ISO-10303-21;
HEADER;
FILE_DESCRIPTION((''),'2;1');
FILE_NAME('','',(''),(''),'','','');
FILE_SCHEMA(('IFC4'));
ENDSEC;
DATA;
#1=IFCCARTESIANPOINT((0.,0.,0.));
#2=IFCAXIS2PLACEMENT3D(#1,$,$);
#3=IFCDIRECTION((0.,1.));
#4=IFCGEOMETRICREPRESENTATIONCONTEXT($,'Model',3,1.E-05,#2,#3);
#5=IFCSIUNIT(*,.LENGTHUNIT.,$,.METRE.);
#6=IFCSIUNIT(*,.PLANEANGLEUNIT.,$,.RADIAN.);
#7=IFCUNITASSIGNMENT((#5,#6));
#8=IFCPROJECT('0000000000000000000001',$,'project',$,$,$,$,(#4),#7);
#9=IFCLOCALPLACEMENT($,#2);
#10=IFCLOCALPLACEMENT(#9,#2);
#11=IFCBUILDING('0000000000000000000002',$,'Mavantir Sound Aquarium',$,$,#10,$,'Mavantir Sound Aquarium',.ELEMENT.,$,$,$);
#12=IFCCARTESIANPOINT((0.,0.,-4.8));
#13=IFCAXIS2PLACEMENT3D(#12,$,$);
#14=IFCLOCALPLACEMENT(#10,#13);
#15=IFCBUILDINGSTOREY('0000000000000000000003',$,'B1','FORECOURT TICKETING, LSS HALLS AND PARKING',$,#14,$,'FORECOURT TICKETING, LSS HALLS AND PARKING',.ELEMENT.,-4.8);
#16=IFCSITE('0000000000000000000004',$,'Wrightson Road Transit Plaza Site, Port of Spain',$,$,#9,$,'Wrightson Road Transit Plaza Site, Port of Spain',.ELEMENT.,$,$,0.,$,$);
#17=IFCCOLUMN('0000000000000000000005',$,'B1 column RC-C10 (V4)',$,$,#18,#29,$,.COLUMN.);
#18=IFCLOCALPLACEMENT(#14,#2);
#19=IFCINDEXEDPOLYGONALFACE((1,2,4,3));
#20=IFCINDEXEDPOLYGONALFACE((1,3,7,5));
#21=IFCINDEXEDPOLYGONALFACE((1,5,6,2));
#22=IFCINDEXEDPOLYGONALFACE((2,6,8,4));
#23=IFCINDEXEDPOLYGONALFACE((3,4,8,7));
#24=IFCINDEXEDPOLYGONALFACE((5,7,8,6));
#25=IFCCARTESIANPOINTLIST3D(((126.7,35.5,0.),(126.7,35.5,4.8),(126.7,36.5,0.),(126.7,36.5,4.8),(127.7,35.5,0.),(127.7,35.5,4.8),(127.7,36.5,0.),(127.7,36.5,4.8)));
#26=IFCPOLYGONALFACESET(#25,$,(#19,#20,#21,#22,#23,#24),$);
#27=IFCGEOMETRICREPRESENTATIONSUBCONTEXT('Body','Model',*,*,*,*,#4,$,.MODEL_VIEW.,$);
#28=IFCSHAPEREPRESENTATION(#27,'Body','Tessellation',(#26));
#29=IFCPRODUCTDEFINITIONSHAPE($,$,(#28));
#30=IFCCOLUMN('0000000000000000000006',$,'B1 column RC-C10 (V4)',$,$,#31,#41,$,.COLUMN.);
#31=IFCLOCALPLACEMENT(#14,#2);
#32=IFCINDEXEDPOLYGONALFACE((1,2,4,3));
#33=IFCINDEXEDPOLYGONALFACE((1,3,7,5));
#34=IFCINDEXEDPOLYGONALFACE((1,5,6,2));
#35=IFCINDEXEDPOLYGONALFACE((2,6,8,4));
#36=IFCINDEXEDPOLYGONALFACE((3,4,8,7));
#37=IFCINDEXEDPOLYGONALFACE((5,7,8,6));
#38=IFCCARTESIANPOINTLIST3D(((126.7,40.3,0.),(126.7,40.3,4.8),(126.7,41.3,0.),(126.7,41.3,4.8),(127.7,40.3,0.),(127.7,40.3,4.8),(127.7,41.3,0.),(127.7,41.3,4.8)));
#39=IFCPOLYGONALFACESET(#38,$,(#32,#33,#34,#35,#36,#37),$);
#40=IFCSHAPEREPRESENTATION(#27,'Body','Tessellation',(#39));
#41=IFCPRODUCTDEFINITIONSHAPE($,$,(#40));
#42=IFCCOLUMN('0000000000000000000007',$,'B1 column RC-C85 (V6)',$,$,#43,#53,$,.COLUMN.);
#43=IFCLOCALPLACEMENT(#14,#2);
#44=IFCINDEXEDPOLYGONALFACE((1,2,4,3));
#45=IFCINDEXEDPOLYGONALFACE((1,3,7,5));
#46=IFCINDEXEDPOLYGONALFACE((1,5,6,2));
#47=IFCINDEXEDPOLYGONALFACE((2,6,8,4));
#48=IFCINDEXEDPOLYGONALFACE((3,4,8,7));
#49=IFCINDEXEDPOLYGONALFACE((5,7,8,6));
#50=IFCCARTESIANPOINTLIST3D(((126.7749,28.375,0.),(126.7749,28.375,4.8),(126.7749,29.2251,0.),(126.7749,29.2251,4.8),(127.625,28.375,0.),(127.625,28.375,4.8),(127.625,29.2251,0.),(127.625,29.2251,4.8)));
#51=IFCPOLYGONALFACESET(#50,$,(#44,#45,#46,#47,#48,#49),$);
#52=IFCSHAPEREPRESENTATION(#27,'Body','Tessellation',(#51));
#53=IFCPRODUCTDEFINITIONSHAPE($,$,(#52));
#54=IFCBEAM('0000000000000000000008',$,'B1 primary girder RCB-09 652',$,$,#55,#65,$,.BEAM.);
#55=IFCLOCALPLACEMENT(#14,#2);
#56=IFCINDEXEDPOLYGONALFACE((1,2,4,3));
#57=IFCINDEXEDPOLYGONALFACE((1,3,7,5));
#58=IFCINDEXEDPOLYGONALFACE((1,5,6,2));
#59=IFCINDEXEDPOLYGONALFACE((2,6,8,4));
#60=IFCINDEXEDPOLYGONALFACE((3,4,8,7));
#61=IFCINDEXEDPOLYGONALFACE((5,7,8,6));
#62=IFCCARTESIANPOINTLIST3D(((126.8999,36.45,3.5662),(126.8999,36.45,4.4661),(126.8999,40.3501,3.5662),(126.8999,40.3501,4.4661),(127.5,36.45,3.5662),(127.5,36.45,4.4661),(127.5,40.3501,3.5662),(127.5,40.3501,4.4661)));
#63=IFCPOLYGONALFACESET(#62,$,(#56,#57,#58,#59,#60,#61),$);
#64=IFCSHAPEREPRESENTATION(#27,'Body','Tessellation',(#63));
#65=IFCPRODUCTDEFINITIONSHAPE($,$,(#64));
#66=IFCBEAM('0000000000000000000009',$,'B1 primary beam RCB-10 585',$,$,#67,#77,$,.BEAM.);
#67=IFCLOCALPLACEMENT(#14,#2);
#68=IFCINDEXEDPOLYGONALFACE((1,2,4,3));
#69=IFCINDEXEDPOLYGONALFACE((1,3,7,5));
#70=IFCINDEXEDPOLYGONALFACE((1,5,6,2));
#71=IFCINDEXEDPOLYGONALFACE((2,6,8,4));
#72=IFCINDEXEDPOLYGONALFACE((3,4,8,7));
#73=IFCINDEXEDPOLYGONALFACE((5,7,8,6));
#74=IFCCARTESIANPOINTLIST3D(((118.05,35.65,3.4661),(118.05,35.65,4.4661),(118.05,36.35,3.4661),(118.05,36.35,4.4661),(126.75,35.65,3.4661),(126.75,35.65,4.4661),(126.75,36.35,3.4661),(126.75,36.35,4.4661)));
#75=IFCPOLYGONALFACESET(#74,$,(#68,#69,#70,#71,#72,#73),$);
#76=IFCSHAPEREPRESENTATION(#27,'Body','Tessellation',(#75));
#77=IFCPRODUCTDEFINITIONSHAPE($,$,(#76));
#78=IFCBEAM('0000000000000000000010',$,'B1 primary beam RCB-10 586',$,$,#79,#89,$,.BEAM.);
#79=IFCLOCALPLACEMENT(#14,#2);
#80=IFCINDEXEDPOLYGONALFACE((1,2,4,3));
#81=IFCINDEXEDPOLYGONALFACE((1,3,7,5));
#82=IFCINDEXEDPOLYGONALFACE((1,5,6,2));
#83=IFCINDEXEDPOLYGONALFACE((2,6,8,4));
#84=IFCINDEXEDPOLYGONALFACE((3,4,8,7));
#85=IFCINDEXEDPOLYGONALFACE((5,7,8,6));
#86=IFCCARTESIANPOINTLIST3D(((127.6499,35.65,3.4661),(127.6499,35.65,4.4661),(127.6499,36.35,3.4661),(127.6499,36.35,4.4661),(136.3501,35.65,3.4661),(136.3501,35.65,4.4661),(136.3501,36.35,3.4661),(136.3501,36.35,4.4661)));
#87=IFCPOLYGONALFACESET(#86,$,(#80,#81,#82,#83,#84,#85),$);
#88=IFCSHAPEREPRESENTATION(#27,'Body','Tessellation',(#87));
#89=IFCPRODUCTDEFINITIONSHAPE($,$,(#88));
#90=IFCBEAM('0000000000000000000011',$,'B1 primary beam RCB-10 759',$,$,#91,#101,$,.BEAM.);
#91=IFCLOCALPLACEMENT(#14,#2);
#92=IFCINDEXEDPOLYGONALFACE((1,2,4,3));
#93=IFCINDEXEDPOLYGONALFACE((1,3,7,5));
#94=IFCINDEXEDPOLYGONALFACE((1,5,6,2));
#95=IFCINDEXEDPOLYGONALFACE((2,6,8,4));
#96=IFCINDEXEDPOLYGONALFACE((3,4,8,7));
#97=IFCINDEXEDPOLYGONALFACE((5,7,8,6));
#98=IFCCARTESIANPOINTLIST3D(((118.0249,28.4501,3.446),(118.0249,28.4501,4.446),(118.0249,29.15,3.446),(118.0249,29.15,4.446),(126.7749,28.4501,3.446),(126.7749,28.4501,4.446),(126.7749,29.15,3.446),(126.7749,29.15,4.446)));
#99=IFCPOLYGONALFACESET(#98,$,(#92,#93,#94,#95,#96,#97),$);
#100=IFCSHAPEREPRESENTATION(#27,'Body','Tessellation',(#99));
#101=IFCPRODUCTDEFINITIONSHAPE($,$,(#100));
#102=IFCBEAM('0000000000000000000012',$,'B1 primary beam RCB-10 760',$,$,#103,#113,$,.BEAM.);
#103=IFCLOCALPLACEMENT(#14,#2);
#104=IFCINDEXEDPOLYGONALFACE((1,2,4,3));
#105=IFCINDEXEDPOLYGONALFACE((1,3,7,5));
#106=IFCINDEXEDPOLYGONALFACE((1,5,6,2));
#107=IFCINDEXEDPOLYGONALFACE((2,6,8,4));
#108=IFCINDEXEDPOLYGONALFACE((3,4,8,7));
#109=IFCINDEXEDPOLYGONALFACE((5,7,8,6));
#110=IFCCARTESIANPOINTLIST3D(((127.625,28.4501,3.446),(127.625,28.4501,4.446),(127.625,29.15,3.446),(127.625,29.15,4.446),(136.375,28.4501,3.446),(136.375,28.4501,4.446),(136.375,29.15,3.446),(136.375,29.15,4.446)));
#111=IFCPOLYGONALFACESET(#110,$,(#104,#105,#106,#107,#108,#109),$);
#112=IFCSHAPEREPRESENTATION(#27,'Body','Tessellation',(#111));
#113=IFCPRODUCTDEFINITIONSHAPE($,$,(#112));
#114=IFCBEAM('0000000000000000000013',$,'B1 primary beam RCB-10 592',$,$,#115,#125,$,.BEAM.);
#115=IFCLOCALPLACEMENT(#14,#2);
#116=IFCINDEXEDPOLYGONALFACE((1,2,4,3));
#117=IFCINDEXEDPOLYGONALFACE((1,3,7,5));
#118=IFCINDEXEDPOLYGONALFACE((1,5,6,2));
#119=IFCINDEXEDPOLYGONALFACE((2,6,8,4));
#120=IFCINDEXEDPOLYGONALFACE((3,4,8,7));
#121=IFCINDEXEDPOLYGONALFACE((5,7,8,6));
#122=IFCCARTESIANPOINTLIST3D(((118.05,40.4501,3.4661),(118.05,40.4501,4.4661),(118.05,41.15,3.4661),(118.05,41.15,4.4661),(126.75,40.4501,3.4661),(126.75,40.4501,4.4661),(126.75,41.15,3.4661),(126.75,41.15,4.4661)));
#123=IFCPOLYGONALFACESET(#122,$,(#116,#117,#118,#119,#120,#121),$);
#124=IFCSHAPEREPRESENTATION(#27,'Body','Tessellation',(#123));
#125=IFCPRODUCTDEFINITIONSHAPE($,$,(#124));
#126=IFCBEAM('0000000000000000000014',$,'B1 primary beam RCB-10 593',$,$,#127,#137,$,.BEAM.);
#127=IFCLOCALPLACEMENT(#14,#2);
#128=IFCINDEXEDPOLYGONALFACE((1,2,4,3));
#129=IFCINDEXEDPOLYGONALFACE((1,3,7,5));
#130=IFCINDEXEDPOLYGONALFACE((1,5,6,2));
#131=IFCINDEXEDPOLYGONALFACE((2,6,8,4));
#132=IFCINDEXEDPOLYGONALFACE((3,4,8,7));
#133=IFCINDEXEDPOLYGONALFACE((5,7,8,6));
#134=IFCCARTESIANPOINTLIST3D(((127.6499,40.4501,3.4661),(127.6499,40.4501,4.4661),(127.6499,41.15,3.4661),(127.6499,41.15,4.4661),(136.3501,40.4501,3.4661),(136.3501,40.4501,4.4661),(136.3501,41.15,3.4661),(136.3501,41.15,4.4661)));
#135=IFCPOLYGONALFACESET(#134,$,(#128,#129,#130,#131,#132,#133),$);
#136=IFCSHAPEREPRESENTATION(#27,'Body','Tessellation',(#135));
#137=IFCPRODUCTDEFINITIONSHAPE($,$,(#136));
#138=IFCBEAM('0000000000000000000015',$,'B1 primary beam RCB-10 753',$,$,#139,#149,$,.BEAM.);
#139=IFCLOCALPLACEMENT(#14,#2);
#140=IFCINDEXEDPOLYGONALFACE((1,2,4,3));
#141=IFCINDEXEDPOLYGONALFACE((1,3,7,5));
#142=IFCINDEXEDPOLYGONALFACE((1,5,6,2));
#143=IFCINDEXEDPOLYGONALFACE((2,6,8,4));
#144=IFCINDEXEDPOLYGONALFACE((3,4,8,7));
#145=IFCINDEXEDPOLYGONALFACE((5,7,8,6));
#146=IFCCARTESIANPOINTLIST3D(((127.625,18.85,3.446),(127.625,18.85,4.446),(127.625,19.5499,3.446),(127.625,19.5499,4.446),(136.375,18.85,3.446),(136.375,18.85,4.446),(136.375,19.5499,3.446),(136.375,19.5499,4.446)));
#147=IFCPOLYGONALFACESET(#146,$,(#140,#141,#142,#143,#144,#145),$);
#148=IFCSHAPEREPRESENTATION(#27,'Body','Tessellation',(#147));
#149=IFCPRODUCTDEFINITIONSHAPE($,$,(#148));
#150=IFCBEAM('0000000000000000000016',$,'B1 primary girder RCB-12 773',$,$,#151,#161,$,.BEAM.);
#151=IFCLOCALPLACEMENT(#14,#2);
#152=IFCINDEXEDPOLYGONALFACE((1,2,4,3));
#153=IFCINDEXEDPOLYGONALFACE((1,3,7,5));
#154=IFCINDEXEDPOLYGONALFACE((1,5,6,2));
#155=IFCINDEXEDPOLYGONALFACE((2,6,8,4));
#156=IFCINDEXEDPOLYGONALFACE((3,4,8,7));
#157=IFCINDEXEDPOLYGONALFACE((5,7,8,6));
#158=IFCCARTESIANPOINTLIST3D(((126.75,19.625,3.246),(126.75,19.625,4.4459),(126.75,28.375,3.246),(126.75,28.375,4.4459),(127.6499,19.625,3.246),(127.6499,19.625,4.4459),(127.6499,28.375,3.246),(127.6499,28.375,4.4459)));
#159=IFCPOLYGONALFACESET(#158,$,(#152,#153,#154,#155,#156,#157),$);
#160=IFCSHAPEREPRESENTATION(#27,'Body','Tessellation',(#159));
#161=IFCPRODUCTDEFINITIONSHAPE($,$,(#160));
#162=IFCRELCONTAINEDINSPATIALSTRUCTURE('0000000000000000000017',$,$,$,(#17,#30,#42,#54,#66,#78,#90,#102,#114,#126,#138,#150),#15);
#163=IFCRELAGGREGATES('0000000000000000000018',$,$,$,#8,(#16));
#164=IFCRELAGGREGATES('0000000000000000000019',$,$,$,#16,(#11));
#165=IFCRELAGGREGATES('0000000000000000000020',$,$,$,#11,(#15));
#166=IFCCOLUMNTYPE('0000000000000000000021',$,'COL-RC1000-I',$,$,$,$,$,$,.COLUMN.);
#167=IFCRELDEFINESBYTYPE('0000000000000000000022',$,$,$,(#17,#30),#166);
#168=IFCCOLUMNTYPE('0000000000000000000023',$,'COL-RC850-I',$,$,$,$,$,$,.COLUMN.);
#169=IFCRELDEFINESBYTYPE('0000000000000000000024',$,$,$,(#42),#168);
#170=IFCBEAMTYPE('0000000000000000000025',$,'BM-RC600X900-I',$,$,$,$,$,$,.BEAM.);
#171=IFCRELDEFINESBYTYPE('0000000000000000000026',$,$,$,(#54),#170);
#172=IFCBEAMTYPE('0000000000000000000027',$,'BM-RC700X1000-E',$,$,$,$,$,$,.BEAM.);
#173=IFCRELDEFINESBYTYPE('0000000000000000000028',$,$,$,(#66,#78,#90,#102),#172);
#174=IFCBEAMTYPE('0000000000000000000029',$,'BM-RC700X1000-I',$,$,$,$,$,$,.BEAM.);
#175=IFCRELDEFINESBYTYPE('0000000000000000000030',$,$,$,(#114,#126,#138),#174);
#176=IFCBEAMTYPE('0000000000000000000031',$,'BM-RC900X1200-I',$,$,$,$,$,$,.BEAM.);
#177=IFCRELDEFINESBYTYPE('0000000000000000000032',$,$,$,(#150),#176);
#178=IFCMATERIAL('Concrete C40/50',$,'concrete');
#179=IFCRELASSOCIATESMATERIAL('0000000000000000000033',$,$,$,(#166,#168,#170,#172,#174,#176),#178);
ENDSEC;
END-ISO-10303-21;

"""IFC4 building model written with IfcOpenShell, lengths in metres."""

from ifc_helpers import new_model, si_unit, direction, frame, origin, origin_2d, place, context, subcontext, project, spatial, rectangle, extrude, material, material_profile, profile_set, type_object, element, save


model = new_model("IFC4")

# Units and contexts
model_context = context("Model", 3, precision=1e-05, world=origin(), true_north=direction((0.0, 1.0)))
body_context = subcontext(model_context, "Body", "Model", "MODEL_VIEW")
ifc_project = project(units=[si_unit("LENGTHUNIT", "METRE"), si_unit("PLANEANGLEUNIT", "RADIAN")], contexts=[model_context])

# Site, building, storey
site_placement = place(None, origin())
site = spatial("IfcSite", under=ifc_project, at=site_placement, Name="Wrightson Road Transit Plaza Site, Port of Spain", LongName="Wrightson Road Transit Plaza Site, Port of Spain", CompositionType="ELEMENT", RefElevation=0.0)
building_placement = place(site_placement, origin())
building = spatial("IfcBuilding", under=site, at=building_placement, Name="Mavantir Sound Aquarium", LongName="Mavantir Sound Aquarium", CompositionType="ELEMENT")
storey_placement = place(building_placement, frame((0.0, 0.0, -4.8)))
storey = spatial("IfcBuildingStorey", under=building, at=storey_placement, Name="B1", Description="FORECOURT TICKETING, LSS HALLS AND PARKING", LongName="FORECOURT TICKETING, LSS HALLS AND PARKING", CompositionType="ELEMENT", Elevation=-4.8)

# Columns
ifc_material_1 = material(Name="Concrete C40/50", Category="concrete")
ifc_material_profile_1 = material_profile(ifc_material_1, rectangle(XDim=1.0, YDim=1.0, at=origin_2d()), Name="RC 1000X1000")
ifc_profile_set_1 = profile_set([ifc_material_profile_1], Name="Concrete C40/50")
column_type_1 = type_object("IfcColumnType", Name="COL-RC1000-I", PredefinedType="COLUMN", material=ifc_profile_set_1)
for number, where, z_axis, x_axis, name in (
    (1, (127.2, 36.0, 0.0), (0.0, 0.0, 1.0), (1.0, 0.0, 0.0), "B1 column RC-C10 (V4)"),
    (2, (127.2, 40.8, 0.0), (0.0, 0.0, 1.0), (1.0, 0.0, 0.0), "B1 column RC-C10 (V4)"),
):
    element("IfcColumn", number, at=place(storey_placement, frame(where, z_axis=z_axis, x_axis=x_axis)), inside=storey, type_object=column_type_1, Name=name, PredefinedType="COLUMN", context=body_context, shape_type="SweptSolid", body=[
        extrude(rectangle(XDim=1.0, YDim=1.0, at=origin_2d()), origin(), (0.0, 0.0, 1.0), 4.8),
    ])
ifc_material_profile_2 = material_profile(ifc_material_1, rectangle(XDim=0.8501, YDim=0.8501, at=origin_2d()), Name="RC 850X850")
ifc_profile_set_2 = profile_set([ifc_material_profile_2], Name="Concrete C40/50")
column_type_2 = type_object("IfcColumnType", Name="COL-RC850-I", PredefinedType="COLUMN", material=ifc_profile_set_2)
column_placement = place(storey_placement, frame((127.2, 28.8, 0.0), z_axis=(0.0, 0.0, 1.0), x_axis=(1.0, 0.0, 0.0)))
element("IfcColumn", 3, at=column_placement, inside=storey, type_object=column_type_2, Name="B1 column RC-C85 (V6)", PredefinedType="COLUMN", context=body_context, shape_type="SweptSolid", body=[
    extrude(rectangle(XDim=0.8501, YDim=0.8501, at=origin_2d()), origin(), (0.0, 0.0, 1.0), 4.8),
])

# Beams
ifc_material_profile_3 = material_profile(ifc_material_1, rectangle(XDim=0.6001, YDim=0.8999, at=origin_2d()), Name="RC 600X900")
ifc_profile_set_3 = profile_set([ifc_material_profile_3], Name="Concrete C40/50")
beam_type_1 = type_object("IfcBeamType", Name="BM-RC600X900-I", PredefinedType="BEAM", material=ifc_profile_set_3)
beam_1_placement = place(storey_placement, frame((127.2, 36.45, 4.0161), z_axis=(0.0, 1.0, 0.0), x_axis=(-1.0, 0.0, 0.0)))
element("IfcBeam", 4, at=beam_1_placement, inside=storey, type_object=beam_type_1, Name="B1 primary girder RCB-09 652", PredefinedType="BEAM", context=body_context, shape_type="SweptSolid", body=[
    extrude(rectangle(XDim=0.6001, YDim=0.8999, at=origin_2d()), origin(), (0.0, 0.0, 1.0), 3.9001),
])
ifc_material_profile_4 = material_profile(ifc_material_1, rectangle(XDim=0.7, YDim=1.0, at=origin_2d()), Name="RC 700X1000")
ifc_profile_set_4 = profile_set([ifc_material_profile_4], Name="Concrete C40/50")
beam_type_2 = type_object("IfcBeamType", Name="BM-RC700X1000-E", PredefinedType="BEAM", material=ifc_profile_set_4)
beam_2_placement = place(storey_placement, frame((118.05, 36.0, 3.9661), z_axis=(1.0, 0.0, 0.0), x_axis=(0.0, 1.0, 0.0)))
element("IfcBeam", 5, at=beam_2_placement, inside=storey, type_object=beam_type_2, Name="B1 primary beam RCB-10 585", PredefinedType="BEAM", context=body_context, shape_type="SweptSolid", body=[
    extrude(rectangle(XDim=0.7, YDim=1.0, at=origin_2d()), origin(), (0.0, 0.0, 1.0), 8.7),
])
beam_3_placement = place(storey_placement, frame((127.6499, 36.0, 3.9661), z_axis=(1.0, 0.0, 0.0), x_axis=(0.0, 1.0, 0.0)))
element("IfcBeam", 6, at=beam_3_placement, inside=storey, type_object=beam_type_2, Name="B1 primary beam RCB-10 586", PredefinedType="BEAM", context=body_context, shape_type="SweptSolid", body=[
    extrude(rectangle(XDim=0.7, YDim=1.0, at=origin_2d()), origin(), (0.0, 0.0, 1.0), 8.7002),
])
for number, where, z_axis, x_axis, name in (
    (7, (118.0249, 28.8, 3.946), (1.0, 0.0, 0.0), (0.0, 1.0, 0.0), "B1 primary beam RCB-10 759"),
    (8, (127.625, 28.8, 3.946), (1.0, 0.0, 0.0), (0.0, 1.0, 0.0), "B1 primary beam RCB-10 760"),
):
    element("IfcBeam", number, at=place(storey_placement, frame(where, z_axis=z_axis, x_axis=x_axis)), inside=storey, type_object=beam_type_2, Name=name, PredefinedType="BEAM", context=body_context, shape_type="SweptSolid", body=[
        extrude(rectangle(XDim=0.7, YDim=1.0, at=origin_2d()), origin(), (0.0, 0.0, 1.0), 8.75),
    ])
ifc_material_profile_5 = material_profile(ifc_material_1, rectangle(XDim=0.7, YDim=1.0, at=origin_2d()), Name="RC 700X1000")
ifc_profile_set_5 = profile_set([ifc_material_profile_5], Name="Concrete C40/50")
beam_type_3 = type_object("IfcBeamType", Name="BM-RC700X1000-I", PredefinedType="BEAM", material=ifc_profile_set_5)
beam_4_placement = place(storey_placement, frame((118.05, 40.8, 3.9661), z_axis=(1.0, 0.0, 0.0), x_axis=(0.0, 1.0, 0.0)))
element("IfcBeam", 9, at=beam_4_placement, inside=storey, type_object=beam_type_3, Name="B1 primary beam RCB-10 592", PredefinedType="BEAM", context=body_context, shape_type="SweptSolid", body=[
    extrude(rectangle(XDim=0.7, YDim=1.0, at=origin_2d()), origin(), (0.0, 0.0, 1.0), 8.7),
])
beam_5_placement = place(storey_placement, frame((127.6499, 40.8, 3.9661), z_axis=(1.0, 0.0, 0.0), x_axis=(0.0, 1.0, 0.0)))
element("IfcBeam", 10, at=beam_5_placement, inside=storey, type_object=beam_type_3, Name="B1 primary beam RCB-10 593", PredefinedType="BEAM", context=body_context, shape_type="SweptSolid", body=[
    extrude(rectangle(XDim=0.7, YDim=1.0, at=origin_2d()), origin(), (0.0, 0.0, 1.0), 8.7002),
])
beam_6_placement = place(storey_placement, frame((127.625, 19.2, 3.946), z_axis=(1.0, 0.0, 0.0), x_axis=(0.0, 1.0, 0.0)))
element("IfcBeam", 11, at=beam_6_placement, inside=storey, type_object=beam_type_3, Name="B1 primary beam RCB-10 753", PredefinedType="BEAM", context=body_context, shape_type="SweptSolid", body=[
    extrude(rectangle(XDim=0.7, YDim=1.0, at=origin_2d()), origin(), (0.0, 0.0, 1.0), 8.75),
])
ifc_material_profile_6 = material_profile(ifc_material_1, rectangle(XDim=0.8999, YDim=1.2, at=origin_2d()), Name="RC 900X1200")
ifc_profile_set_6 = profile_set([ifc_material_profile_6], Name="Concrete C40/50")
beam_type_4 = type_object("IfcBeamType", Name="BM-RC900X1200-I", PredefinedType="BEAM", material=ifc_profile_set_6)
beam_7_placement = place(storey_placement, frame((127.2, 19.625, 3.8459), z_axis=(0.0, 1.0, 0.0), x_axis=(-1.0, 0.0, 0.0)))
element("IfcBeam", 12, at=beam_7_placement, inside=storey, type_object=beam_type_4, Name="B1 primary girder RCB-12 773", PredefinedType="BEAM", context=body_context, shape_type="SweptSolid", body=[
    extrude(rectangle(XDim=0.8999, YDim=1.2, at=origin_2d()), origin(), (0.0, 0.0, 1.0), 8.75),
])

save(model, "model.ifc")
